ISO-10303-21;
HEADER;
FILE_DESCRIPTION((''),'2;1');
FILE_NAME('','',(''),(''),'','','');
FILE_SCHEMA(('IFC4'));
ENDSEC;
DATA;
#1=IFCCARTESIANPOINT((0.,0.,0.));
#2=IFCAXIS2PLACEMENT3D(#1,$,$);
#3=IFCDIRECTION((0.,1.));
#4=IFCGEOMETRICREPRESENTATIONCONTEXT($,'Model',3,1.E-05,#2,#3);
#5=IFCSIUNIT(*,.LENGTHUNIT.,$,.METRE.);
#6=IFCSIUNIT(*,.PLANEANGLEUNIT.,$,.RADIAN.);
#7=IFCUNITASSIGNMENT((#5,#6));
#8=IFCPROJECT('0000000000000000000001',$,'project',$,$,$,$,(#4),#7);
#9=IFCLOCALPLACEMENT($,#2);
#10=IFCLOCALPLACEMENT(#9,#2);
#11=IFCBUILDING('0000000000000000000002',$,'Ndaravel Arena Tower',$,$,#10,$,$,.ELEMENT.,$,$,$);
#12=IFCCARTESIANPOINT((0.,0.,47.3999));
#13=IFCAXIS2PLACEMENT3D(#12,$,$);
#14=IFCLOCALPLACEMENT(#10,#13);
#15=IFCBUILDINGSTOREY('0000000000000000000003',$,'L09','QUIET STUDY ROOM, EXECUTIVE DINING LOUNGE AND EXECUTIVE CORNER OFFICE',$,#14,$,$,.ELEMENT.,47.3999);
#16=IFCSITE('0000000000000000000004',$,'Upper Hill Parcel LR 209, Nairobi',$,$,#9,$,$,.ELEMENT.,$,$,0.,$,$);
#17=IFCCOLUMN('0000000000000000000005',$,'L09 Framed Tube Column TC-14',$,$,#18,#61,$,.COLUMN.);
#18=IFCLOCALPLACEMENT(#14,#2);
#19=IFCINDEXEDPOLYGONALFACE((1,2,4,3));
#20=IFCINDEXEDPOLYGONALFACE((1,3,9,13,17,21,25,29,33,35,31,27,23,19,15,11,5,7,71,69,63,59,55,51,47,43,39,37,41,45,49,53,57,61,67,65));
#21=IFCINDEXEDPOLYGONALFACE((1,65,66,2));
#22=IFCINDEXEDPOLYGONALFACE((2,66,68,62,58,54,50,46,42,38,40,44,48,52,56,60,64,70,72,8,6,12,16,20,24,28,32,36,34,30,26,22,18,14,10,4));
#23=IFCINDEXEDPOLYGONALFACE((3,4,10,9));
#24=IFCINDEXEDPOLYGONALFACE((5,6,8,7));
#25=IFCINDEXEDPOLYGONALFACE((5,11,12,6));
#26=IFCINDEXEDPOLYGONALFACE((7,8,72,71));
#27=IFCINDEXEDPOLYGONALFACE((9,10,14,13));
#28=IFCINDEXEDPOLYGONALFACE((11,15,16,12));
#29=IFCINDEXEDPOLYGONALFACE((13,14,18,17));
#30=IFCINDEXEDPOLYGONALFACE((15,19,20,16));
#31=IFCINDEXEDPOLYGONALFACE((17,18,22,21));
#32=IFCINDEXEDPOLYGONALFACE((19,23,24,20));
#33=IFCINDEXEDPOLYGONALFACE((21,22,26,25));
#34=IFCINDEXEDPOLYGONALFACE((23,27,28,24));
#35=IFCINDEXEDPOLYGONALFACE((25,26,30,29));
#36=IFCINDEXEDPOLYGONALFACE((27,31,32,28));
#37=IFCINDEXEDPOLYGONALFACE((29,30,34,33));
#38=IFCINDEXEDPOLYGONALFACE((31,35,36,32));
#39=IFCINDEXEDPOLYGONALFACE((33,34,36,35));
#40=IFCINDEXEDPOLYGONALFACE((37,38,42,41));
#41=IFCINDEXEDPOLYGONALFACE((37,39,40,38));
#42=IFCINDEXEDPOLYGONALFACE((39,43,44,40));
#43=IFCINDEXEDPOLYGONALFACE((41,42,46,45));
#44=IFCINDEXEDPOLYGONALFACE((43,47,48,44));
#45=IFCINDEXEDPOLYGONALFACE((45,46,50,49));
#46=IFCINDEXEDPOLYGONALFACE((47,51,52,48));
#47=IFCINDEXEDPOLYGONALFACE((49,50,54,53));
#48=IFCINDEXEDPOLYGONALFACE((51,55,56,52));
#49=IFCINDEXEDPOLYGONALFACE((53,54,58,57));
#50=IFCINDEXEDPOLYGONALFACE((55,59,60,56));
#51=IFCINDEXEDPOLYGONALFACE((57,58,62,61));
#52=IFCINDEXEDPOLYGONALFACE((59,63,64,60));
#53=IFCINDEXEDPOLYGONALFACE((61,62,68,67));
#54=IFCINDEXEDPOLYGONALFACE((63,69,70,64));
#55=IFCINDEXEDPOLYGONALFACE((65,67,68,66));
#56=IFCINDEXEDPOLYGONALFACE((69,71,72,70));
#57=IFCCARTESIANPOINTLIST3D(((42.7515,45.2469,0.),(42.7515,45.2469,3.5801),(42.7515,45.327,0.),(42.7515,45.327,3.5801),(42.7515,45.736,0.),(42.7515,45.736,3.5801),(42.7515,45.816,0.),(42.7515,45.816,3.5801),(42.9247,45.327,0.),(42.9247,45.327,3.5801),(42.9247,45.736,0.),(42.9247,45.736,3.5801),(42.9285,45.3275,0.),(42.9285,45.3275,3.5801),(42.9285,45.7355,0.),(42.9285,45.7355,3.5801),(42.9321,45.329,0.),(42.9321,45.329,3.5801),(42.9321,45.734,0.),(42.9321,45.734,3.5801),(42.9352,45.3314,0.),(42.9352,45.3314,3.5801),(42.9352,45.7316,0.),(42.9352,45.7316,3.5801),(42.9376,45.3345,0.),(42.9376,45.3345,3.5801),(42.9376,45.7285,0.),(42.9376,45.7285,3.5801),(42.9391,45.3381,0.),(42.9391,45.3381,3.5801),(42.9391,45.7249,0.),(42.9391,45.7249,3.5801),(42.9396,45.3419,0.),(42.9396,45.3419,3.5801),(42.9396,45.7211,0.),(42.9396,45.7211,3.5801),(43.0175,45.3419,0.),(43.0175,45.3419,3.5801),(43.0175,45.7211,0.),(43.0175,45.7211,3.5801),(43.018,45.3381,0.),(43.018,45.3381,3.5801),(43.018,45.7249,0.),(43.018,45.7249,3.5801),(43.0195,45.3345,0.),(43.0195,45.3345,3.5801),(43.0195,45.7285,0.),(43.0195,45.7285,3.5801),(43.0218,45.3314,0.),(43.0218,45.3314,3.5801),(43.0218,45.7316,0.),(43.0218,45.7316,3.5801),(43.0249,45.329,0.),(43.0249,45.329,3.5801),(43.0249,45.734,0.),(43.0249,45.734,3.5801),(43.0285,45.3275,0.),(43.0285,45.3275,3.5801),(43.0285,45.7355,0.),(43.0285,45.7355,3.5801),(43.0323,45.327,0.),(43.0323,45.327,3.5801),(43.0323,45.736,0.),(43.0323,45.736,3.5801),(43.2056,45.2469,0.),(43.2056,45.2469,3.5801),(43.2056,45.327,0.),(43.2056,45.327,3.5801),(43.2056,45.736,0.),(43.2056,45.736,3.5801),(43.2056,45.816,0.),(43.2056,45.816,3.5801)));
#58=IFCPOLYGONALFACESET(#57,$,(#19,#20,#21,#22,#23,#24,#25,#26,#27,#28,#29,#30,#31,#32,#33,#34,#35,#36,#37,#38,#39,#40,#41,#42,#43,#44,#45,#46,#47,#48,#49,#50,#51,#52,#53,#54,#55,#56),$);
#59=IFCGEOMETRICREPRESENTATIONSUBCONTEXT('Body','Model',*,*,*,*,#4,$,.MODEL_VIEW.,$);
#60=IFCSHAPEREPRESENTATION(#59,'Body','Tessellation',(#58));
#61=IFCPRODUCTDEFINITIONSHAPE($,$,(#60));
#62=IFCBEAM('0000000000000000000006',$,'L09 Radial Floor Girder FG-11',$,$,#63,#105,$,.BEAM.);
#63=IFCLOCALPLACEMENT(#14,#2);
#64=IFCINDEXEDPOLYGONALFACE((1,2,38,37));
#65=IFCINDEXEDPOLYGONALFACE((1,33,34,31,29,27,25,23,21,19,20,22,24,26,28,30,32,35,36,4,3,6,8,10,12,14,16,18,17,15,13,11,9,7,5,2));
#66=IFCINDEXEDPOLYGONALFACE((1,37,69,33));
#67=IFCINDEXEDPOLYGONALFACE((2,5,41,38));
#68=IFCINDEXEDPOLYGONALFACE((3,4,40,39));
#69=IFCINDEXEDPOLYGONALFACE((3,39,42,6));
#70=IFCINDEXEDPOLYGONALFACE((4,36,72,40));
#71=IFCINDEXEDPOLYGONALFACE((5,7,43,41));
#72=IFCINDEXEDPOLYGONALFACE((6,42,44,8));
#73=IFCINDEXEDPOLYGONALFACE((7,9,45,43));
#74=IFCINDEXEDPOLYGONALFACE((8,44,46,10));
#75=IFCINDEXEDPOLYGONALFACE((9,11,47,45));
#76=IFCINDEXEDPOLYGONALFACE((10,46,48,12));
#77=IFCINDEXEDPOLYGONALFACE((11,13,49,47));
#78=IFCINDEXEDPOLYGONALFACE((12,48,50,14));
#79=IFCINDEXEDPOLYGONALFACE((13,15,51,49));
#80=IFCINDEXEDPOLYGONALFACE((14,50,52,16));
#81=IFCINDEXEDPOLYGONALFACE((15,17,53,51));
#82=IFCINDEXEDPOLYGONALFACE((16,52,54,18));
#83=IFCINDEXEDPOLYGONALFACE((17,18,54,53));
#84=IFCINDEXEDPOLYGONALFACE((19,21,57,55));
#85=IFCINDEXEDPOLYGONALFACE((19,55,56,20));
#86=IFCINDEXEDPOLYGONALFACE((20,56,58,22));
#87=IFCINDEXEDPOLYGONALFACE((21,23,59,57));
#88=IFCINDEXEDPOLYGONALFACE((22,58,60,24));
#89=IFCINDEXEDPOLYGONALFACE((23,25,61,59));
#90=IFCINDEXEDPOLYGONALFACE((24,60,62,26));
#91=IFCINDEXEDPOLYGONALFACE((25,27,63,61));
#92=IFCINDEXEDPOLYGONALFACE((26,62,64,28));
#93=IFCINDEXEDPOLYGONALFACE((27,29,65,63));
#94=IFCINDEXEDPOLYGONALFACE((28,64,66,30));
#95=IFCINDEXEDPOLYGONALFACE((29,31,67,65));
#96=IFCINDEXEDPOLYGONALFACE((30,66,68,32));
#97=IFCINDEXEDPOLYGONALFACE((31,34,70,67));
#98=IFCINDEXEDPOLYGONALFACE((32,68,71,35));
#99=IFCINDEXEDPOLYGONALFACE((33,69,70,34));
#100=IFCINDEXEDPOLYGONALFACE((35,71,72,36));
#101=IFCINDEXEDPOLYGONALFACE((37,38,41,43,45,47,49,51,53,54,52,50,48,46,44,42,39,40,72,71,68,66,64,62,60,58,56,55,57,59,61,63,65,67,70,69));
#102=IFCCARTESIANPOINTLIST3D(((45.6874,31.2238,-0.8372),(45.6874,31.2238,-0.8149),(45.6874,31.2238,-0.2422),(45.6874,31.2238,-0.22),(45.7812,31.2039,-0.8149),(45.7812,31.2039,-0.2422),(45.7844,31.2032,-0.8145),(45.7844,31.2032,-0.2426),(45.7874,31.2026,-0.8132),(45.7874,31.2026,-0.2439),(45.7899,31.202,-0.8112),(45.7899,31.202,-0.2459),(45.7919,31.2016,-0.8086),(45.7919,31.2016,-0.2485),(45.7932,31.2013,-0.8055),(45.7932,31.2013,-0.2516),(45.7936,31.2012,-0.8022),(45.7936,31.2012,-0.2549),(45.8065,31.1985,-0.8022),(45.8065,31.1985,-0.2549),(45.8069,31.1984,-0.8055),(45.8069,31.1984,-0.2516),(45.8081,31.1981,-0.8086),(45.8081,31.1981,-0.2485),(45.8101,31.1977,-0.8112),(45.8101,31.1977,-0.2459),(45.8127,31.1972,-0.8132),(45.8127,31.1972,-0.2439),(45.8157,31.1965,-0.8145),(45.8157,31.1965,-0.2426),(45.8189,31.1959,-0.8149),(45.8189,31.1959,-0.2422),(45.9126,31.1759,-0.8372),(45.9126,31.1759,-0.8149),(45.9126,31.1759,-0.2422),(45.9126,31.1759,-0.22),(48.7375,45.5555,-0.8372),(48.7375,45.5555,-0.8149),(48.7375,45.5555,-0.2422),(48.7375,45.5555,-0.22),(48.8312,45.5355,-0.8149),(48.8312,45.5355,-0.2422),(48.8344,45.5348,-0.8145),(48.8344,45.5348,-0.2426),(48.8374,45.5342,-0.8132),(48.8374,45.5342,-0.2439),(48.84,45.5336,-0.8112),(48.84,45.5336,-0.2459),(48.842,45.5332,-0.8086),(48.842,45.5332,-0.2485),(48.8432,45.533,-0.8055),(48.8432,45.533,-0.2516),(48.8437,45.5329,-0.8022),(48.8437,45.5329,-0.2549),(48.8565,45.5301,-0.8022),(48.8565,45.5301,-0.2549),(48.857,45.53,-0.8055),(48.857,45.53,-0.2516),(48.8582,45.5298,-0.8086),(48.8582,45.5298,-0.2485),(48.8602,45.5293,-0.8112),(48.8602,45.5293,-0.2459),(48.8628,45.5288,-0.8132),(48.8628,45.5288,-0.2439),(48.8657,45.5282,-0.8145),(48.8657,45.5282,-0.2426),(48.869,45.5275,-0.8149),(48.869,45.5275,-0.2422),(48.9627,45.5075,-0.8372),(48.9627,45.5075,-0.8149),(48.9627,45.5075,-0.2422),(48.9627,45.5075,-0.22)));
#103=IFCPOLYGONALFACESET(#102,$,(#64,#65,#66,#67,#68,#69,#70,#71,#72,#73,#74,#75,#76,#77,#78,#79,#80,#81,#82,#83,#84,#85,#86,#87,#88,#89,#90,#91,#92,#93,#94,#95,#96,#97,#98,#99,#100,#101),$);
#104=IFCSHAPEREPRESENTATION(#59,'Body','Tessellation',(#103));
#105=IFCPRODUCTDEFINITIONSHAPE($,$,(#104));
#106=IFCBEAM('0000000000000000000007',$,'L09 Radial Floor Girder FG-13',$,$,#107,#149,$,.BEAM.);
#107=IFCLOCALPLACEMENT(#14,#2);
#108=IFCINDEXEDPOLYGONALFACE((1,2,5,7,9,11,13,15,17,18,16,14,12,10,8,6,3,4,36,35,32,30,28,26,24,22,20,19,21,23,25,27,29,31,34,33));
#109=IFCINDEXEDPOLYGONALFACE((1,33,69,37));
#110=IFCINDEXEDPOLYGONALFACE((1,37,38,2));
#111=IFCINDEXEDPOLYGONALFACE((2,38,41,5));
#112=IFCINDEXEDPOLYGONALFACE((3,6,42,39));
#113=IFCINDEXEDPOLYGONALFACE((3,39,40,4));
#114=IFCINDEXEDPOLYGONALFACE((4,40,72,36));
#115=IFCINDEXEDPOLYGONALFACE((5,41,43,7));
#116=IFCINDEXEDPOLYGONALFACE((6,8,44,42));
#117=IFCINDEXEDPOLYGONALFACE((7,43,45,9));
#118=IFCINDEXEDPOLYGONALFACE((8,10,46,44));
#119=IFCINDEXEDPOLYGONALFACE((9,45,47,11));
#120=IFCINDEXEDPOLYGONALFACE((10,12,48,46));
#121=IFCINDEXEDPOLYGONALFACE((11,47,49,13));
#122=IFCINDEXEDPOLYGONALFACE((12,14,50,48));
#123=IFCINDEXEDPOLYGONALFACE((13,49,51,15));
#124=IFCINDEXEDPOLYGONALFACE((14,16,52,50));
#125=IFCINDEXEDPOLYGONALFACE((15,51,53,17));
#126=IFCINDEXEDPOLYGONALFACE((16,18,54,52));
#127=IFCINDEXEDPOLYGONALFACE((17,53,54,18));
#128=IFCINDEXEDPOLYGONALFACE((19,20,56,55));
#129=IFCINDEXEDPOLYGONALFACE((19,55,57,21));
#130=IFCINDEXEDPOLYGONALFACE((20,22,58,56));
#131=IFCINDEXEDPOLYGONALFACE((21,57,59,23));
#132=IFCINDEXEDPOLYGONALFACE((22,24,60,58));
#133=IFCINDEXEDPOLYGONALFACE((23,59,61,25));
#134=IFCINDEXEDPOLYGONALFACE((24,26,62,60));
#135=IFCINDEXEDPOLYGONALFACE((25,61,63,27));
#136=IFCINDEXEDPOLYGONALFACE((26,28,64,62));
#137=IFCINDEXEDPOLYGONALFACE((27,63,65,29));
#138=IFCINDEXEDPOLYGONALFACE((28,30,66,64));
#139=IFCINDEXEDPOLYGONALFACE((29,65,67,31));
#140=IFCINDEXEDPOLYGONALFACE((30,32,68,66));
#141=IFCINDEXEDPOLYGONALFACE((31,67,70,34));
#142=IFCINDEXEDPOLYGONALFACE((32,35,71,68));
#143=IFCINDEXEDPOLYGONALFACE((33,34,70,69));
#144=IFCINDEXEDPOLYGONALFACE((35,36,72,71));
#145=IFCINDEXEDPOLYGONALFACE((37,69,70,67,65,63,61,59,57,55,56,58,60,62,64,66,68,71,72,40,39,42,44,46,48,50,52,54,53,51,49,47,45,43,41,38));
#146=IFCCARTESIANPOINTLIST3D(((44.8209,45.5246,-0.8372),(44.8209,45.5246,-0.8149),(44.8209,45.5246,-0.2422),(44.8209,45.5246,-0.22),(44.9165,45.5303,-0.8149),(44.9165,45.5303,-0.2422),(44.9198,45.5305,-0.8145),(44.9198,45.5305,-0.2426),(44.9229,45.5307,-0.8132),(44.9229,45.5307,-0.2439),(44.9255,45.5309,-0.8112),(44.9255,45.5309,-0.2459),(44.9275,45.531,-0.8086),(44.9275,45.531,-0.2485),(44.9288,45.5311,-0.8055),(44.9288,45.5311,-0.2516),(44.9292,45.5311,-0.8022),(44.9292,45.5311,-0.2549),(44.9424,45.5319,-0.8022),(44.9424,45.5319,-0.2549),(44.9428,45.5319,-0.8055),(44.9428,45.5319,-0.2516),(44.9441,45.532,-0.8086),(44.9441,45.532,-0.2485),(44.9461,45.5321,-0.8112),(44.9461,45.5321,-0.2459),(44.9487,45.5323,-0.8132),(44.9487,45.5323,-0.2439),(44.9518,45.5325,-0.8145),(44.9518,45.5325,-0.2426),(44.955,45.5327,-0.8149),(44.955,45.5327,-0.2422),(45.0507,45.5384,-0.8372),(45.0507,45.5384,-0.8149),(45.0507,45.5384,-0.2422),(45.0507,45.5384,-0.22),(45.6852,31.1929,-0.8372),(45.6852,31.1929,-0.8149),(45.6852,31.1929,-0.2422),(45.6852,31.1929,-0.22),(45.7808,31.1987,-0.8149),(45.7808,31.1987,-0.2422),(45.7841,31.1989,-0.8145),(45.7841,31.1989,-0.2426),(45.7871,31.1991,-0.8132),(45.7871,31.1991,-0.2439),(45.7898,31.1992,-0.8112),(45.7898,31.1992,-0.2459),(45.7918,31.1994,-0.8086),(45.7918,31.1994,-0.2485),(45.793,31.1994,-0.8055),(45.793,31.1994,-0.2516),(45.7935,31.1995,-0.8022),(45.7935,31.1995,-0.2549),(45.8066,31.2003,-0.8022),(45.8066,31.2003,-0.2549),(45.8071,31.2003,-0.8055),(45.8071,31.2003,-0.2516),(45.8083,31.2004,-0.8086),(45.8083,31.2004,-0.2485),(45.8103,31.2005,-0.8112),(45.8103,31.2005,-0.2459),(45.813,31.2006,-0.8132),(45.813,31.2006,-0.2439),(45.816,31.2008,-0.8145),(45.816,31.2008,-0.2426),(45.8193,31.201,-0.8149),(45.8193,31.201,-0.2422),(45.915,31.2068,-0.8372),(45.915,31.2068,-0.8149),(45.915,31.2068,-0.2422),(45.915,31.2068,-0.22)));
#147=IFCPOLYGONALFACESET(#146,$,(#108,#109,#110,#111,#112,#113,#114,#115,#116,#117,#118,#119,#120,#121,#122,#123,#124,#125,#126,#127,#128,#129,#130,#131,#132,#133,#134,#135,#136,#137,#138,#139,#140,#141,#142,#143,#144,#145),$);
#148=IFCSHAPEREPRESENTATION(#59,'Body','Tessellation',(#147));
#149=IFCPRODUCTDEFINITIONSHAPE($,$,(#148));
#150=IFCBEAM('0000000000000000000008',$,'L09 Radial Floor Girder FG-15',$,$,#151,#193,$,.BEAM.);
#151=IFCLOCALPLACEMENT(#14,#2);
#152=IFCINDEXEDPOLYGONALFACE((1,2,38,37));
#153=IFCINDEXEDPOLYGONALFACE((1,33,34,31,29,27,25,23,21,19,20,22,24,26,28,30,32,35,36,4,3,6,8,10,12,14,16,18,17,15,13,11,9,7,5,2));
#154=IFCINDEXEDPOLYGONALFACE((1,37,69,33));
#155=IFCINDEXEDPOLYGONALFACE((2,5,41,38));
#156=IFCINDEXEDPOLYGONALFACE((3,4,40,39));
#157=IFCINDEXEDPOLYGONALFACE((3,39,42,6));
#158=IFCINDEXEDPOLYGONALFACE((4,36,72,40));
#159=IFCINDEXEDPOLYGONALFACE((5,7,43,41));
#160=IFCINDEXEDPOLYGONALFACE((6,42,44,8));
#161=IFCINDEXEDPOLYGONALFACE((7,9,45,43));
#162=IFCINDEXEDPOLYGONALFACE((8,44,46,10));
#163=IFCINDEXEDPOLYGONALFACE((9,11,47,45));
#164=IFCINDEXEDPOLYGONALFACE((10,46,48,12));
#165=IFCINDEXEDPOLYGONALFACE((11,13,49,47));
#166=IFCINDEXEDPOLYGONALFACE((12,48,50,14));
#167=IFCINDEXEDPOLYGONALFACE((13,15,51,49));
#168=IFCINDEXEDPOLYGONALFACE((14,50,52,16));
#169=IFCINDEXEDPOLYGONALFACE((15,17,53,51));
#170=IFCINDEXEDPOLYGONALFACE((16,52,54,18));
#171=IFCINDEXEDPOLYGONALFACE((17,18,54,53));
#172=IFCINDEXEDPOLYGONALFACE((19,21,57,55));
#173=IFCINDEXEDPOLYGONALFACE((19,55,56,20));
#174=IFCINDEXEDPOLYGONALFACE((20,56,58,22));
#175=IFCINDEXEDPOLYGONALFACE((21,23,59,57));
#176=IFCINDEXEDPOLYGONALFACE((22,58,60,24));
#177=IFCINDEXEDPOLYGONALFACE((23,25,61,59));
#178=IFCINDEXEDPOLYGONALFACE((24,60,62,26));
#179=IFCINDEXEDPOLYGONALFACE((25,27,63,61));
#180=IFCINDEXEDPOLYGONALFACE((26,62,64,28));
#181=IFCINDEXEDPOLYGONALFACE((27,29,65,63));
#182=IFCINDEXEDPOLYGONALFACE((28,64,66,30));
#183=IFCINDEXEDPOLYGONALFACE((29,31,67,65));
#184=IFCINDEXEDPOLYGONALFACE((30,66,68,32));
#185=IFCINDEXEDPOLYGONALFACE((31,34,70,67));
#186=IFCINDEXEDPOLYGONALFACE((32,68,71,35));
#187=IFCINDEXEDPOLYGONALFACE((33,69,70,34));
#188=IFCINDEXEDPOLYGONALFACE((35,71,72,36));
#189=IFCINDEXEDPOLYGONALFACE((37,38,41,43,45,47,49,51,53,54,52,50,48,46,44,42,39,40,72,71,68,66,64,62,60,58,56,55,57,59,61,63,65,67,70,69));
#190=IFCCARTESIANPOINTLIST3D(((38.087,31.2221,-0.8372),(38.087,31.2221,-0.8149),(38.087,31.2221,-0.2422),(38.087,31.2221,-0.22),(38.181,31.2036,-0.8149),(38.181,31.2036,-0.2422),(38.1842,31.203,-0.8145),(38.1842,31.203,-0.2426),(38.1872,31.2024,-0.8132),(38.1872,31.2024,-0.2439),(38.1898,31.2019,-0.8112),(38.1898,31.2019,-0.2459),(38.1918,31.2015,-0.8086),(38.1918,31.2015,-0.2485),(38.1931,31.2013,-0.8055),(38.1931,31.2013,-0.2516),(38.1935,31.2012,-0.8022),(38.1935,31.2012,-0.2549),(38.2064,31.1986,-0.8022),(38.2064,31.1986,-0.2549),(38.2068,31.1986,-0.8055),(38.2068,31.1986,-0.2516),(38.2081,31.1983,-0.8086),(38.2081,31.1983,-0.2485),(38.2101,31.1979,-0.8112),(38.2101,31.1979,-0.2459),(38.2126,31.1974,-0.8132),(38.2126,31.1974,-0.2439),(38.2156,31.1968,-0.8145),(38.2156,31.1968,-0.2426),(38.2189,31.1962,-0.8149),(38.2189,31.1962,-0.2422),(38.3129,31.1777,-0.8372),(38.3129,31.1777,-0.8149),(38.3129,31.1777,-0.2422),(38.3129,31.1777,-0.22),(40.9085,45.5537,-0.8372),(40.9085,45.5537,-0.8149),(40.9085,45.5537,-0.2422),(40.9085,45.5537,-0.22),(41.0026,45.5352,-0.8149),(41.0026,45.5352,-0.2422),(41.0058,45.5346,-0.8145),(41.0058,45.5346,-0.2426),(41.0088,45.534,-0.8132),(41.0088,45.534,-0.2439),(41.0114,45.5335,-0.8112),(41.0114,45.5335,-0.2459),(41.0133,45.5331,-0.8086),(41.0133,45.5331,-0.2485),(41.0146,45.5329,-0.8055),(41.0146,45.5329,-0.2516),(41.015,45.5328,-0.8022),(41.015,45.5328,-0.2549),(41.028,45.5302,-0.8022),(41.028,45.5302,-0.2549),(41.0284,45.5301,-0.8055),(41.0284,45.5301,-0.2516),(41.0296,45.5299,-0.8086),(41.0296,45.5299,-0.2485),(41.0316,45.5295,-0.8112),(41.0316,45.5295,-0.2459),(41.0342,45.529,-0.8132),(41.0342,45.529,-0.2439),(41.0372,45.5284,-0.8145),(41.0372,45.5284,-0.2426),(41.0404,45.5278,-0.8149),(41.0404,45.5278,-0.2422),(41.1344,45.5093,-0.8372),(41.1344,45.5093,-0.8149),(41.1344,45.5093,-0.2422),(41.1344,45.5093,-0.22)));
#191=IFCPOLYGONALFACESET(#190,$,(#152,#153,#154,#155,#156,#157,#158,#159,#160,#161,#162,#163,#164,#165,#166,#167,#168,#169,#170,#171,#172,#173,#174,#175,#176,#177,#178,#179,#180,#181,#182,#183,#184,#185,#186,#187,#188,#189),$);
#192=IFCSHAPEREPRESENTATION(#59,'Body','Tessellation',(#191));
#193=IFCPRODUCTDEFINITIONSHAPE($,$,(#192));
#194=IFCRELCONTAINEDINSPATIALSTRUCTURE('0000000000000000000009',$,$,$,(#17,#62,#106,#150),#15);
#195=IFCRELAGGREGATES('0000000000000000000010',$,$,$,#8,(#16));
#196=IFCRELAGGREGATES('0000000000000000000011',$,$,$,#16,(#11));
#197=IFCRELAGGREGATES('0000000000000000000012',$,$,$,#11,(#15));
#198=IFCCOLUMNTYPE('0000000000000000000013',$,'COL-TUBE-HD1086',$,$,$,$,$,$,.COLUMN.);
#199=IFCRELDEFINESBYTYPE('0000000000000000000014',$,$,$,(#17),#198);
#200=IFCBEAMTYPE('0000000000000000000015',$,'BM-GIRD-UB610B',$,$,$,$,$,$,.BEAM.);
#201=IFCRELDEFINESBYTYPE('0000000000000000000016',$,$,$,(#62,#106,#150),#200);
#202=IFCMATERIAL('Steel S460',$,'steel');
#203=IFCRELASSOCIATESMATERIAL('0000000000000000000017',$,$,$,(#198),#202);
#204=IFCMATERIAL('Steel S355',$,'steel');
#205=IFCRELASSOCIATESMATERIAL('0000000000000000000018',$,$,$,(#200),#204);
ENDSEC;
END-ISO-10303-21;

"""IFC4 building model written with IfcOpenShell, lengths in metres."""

from ifc_helpers import new_model, si_unit, direction, frame, origin, origin_2d, place, context, subcontext, project, spatial, i_section, extrude, material, material_profile, profile_set, type_object, element, save


model = new_model("IFC4")

# Units and contexts
model_context = context("Model", 3, precision=1e-05, world=origin(), true_north=direction((0.0, 1.0)))
body_context = subcontext(model_context, "Body", "Model", "MODEL_VIEW")
ifc_project = project(units=[si_unit("LENGTHUNIT", "METRE"), si_unit("PLANEANGLEUNIT", "RADIAN")], contexts=[model_context])

# Site, building, storey
site_placement = place(None, origin())
site = spatial("IfcSite", under=ifc_project, at=site_placement, Name="Upper Hill Parcel LR 209, Nairobi", CompositionType="ELEMENT", RefElevation=0.0)
building_placement = place(site_placement, origin())
building = spatial("IfcBuilding", under=site, at=building_placement, Name="Ndaravel Arena Tower", CompositionType="ELEMENT")
storey_placement = place(building_placement, frame((0.0, 0.0, 47.3999)))
storey = spatial("IfcBuildingStorey", under=building, at=storey_placement, Name="L09", Description="QUIET STUDY ROOM, EXECUTIVE DINING LOUNGE AND EXECUTIVE CORNER OFFICE", CompositionType="ELEMENT", Elevation=47.3999)

# Column
ifc_material_1 = material(Name="Steel S460", Category="steel")
ifc_material_profile_1 = material_profile(ifc_material_1, i_section(OverallWidth=0.4541, OverallDepth=0.5691, WebThickness=0.0779, FlangeThickness=0.0801, FilletRadius=0.0149, at=origin_2d()), Name="HD 400x1086")
ifc_profile_set_1 = profile_set([ifc_material_profile_1], Name="Steel S460")
column_type_1 = type_object("IfcColumnType", Name="COL-TUBE-HD1086", PredefinedType="COLUMN", material=ifc_profile_set_1)
for number, where, z_axis, x_axis, name in (
    (1, (42.9785, 45.5315, 0.0), (0.0, 0.0, 1.0), (1.0, 0.0, 0.0), "L09 Framed Tube Column TC-14"),
):
    element("IfcColumn", number, at=place(storey_placement, frame(where, z_axis=z_axis, x_axis=x_axis)), inside=storey, type_object=column_type_1, Name=name, PredefinedType="COLUMN", context=body_context, shape_type="SweptSolid", body=[
        extrude(i_section(OverallWidth=0.4541, OverallDepth=0.5691, WebThickness=0.0779, FlangeThickness=0.0801, FilletRadius=0.0149, at=origin_2d()), origin(), (0.0, 0.0, 1.0), 3.5801),
    ])

# Beams
ifc_material_2 = material(Name="Steel S355", Category="steel")
ifc_material_profile_2 = material_profile(ifc_material_2, i_section(OverallWidth=0.2302, OverallDepth=0.6172, WebThickness=0.0132, FlangeThickness=0.0222, FilletRadius=0.0127, at=origin_2d()), Name="UB 610x229x140")
ifc_profile_set_2 = profile_set([ifc_material_profile_2], Name="Steel S355")
beam_type_1 = type_object("IfcBeamType", Name="BM-GIRD-UB610B", PredefinedType="BEAM", material=ifc_profile_set_2)
beam_1_placement = place(storey_placement, frame((48.8501, 45.5315, -0.5286), z_axis=(-0.208159, -0.978095, 0.0), x_axis=(0.978095, -0.208159, 0.0)))
element("IfcBeam", 2, at=beam_1_placement, inside=storey, type_object=beam_type_1, Name="L09 Radial Floor Girder FG-11", PredefinedType="BEAM", context=body_context, shape_type="SweptSolid", body=[
    extrude(i_section(OverallWidth=0.2302, OverallDepth=0.6172, WebThickness=0.0132, FlangeThickness=0.0222, FilletRadius=0.0127, at=origin_2d()), origin(), (0.0, 0.0, 1.0), 14.6526),
])
beam_2_placement = place(storey_placement, frame((44.9358, 45.5315, -0.5286), z_axis=(0.060195, -0.998187, 0.0), x_axis=(0.998187, 0.060195, 0.0)))
element("IfcBeam", 3, at=beam_2_placement, inside=storey, type_object=beam_type_1, Name="L09 Radial Floor Girder FG-13", PredefinedType="BEAM", context=body_context, shape_type="SweptSolid", body=[
    extrude(i_section(OverallWidth=0.2302, OverallDepth=0.6172, WebThickness=0.0132, FlangeThickness=0.0222, FilletRadius=0.0127, at=origin_2d()), origin(), (0.0, 0.0, 1.0), 14.3577),
])
beam_3_placement = place(storey_placement, frame((41.0215, 45.5315, -0.5286), z_axis=(-0.193168, -0.981166, 0.0), x_axis=(0.981166, -0.193168, 0.0)))
element("IfcBeam", 4, at=beam_3_placement, inside=storey, type_object=beam_type_1, Name="L09 Radial Floor Girder FG-15", PredefinedType="BEAM", context=body_context, shape_type="SweptSolid", body=[
    extrude(i_section(OverallWidth=0.2302, OverallDepth=0.6172, WebThickness=0.0132, FlangeThickness=0.0222, FilletRadius=0.0127, at=origin_2d()), origin(), (0.0, 0.0, 1.0), 14.6067),
])

save(model, "model.ifc")
